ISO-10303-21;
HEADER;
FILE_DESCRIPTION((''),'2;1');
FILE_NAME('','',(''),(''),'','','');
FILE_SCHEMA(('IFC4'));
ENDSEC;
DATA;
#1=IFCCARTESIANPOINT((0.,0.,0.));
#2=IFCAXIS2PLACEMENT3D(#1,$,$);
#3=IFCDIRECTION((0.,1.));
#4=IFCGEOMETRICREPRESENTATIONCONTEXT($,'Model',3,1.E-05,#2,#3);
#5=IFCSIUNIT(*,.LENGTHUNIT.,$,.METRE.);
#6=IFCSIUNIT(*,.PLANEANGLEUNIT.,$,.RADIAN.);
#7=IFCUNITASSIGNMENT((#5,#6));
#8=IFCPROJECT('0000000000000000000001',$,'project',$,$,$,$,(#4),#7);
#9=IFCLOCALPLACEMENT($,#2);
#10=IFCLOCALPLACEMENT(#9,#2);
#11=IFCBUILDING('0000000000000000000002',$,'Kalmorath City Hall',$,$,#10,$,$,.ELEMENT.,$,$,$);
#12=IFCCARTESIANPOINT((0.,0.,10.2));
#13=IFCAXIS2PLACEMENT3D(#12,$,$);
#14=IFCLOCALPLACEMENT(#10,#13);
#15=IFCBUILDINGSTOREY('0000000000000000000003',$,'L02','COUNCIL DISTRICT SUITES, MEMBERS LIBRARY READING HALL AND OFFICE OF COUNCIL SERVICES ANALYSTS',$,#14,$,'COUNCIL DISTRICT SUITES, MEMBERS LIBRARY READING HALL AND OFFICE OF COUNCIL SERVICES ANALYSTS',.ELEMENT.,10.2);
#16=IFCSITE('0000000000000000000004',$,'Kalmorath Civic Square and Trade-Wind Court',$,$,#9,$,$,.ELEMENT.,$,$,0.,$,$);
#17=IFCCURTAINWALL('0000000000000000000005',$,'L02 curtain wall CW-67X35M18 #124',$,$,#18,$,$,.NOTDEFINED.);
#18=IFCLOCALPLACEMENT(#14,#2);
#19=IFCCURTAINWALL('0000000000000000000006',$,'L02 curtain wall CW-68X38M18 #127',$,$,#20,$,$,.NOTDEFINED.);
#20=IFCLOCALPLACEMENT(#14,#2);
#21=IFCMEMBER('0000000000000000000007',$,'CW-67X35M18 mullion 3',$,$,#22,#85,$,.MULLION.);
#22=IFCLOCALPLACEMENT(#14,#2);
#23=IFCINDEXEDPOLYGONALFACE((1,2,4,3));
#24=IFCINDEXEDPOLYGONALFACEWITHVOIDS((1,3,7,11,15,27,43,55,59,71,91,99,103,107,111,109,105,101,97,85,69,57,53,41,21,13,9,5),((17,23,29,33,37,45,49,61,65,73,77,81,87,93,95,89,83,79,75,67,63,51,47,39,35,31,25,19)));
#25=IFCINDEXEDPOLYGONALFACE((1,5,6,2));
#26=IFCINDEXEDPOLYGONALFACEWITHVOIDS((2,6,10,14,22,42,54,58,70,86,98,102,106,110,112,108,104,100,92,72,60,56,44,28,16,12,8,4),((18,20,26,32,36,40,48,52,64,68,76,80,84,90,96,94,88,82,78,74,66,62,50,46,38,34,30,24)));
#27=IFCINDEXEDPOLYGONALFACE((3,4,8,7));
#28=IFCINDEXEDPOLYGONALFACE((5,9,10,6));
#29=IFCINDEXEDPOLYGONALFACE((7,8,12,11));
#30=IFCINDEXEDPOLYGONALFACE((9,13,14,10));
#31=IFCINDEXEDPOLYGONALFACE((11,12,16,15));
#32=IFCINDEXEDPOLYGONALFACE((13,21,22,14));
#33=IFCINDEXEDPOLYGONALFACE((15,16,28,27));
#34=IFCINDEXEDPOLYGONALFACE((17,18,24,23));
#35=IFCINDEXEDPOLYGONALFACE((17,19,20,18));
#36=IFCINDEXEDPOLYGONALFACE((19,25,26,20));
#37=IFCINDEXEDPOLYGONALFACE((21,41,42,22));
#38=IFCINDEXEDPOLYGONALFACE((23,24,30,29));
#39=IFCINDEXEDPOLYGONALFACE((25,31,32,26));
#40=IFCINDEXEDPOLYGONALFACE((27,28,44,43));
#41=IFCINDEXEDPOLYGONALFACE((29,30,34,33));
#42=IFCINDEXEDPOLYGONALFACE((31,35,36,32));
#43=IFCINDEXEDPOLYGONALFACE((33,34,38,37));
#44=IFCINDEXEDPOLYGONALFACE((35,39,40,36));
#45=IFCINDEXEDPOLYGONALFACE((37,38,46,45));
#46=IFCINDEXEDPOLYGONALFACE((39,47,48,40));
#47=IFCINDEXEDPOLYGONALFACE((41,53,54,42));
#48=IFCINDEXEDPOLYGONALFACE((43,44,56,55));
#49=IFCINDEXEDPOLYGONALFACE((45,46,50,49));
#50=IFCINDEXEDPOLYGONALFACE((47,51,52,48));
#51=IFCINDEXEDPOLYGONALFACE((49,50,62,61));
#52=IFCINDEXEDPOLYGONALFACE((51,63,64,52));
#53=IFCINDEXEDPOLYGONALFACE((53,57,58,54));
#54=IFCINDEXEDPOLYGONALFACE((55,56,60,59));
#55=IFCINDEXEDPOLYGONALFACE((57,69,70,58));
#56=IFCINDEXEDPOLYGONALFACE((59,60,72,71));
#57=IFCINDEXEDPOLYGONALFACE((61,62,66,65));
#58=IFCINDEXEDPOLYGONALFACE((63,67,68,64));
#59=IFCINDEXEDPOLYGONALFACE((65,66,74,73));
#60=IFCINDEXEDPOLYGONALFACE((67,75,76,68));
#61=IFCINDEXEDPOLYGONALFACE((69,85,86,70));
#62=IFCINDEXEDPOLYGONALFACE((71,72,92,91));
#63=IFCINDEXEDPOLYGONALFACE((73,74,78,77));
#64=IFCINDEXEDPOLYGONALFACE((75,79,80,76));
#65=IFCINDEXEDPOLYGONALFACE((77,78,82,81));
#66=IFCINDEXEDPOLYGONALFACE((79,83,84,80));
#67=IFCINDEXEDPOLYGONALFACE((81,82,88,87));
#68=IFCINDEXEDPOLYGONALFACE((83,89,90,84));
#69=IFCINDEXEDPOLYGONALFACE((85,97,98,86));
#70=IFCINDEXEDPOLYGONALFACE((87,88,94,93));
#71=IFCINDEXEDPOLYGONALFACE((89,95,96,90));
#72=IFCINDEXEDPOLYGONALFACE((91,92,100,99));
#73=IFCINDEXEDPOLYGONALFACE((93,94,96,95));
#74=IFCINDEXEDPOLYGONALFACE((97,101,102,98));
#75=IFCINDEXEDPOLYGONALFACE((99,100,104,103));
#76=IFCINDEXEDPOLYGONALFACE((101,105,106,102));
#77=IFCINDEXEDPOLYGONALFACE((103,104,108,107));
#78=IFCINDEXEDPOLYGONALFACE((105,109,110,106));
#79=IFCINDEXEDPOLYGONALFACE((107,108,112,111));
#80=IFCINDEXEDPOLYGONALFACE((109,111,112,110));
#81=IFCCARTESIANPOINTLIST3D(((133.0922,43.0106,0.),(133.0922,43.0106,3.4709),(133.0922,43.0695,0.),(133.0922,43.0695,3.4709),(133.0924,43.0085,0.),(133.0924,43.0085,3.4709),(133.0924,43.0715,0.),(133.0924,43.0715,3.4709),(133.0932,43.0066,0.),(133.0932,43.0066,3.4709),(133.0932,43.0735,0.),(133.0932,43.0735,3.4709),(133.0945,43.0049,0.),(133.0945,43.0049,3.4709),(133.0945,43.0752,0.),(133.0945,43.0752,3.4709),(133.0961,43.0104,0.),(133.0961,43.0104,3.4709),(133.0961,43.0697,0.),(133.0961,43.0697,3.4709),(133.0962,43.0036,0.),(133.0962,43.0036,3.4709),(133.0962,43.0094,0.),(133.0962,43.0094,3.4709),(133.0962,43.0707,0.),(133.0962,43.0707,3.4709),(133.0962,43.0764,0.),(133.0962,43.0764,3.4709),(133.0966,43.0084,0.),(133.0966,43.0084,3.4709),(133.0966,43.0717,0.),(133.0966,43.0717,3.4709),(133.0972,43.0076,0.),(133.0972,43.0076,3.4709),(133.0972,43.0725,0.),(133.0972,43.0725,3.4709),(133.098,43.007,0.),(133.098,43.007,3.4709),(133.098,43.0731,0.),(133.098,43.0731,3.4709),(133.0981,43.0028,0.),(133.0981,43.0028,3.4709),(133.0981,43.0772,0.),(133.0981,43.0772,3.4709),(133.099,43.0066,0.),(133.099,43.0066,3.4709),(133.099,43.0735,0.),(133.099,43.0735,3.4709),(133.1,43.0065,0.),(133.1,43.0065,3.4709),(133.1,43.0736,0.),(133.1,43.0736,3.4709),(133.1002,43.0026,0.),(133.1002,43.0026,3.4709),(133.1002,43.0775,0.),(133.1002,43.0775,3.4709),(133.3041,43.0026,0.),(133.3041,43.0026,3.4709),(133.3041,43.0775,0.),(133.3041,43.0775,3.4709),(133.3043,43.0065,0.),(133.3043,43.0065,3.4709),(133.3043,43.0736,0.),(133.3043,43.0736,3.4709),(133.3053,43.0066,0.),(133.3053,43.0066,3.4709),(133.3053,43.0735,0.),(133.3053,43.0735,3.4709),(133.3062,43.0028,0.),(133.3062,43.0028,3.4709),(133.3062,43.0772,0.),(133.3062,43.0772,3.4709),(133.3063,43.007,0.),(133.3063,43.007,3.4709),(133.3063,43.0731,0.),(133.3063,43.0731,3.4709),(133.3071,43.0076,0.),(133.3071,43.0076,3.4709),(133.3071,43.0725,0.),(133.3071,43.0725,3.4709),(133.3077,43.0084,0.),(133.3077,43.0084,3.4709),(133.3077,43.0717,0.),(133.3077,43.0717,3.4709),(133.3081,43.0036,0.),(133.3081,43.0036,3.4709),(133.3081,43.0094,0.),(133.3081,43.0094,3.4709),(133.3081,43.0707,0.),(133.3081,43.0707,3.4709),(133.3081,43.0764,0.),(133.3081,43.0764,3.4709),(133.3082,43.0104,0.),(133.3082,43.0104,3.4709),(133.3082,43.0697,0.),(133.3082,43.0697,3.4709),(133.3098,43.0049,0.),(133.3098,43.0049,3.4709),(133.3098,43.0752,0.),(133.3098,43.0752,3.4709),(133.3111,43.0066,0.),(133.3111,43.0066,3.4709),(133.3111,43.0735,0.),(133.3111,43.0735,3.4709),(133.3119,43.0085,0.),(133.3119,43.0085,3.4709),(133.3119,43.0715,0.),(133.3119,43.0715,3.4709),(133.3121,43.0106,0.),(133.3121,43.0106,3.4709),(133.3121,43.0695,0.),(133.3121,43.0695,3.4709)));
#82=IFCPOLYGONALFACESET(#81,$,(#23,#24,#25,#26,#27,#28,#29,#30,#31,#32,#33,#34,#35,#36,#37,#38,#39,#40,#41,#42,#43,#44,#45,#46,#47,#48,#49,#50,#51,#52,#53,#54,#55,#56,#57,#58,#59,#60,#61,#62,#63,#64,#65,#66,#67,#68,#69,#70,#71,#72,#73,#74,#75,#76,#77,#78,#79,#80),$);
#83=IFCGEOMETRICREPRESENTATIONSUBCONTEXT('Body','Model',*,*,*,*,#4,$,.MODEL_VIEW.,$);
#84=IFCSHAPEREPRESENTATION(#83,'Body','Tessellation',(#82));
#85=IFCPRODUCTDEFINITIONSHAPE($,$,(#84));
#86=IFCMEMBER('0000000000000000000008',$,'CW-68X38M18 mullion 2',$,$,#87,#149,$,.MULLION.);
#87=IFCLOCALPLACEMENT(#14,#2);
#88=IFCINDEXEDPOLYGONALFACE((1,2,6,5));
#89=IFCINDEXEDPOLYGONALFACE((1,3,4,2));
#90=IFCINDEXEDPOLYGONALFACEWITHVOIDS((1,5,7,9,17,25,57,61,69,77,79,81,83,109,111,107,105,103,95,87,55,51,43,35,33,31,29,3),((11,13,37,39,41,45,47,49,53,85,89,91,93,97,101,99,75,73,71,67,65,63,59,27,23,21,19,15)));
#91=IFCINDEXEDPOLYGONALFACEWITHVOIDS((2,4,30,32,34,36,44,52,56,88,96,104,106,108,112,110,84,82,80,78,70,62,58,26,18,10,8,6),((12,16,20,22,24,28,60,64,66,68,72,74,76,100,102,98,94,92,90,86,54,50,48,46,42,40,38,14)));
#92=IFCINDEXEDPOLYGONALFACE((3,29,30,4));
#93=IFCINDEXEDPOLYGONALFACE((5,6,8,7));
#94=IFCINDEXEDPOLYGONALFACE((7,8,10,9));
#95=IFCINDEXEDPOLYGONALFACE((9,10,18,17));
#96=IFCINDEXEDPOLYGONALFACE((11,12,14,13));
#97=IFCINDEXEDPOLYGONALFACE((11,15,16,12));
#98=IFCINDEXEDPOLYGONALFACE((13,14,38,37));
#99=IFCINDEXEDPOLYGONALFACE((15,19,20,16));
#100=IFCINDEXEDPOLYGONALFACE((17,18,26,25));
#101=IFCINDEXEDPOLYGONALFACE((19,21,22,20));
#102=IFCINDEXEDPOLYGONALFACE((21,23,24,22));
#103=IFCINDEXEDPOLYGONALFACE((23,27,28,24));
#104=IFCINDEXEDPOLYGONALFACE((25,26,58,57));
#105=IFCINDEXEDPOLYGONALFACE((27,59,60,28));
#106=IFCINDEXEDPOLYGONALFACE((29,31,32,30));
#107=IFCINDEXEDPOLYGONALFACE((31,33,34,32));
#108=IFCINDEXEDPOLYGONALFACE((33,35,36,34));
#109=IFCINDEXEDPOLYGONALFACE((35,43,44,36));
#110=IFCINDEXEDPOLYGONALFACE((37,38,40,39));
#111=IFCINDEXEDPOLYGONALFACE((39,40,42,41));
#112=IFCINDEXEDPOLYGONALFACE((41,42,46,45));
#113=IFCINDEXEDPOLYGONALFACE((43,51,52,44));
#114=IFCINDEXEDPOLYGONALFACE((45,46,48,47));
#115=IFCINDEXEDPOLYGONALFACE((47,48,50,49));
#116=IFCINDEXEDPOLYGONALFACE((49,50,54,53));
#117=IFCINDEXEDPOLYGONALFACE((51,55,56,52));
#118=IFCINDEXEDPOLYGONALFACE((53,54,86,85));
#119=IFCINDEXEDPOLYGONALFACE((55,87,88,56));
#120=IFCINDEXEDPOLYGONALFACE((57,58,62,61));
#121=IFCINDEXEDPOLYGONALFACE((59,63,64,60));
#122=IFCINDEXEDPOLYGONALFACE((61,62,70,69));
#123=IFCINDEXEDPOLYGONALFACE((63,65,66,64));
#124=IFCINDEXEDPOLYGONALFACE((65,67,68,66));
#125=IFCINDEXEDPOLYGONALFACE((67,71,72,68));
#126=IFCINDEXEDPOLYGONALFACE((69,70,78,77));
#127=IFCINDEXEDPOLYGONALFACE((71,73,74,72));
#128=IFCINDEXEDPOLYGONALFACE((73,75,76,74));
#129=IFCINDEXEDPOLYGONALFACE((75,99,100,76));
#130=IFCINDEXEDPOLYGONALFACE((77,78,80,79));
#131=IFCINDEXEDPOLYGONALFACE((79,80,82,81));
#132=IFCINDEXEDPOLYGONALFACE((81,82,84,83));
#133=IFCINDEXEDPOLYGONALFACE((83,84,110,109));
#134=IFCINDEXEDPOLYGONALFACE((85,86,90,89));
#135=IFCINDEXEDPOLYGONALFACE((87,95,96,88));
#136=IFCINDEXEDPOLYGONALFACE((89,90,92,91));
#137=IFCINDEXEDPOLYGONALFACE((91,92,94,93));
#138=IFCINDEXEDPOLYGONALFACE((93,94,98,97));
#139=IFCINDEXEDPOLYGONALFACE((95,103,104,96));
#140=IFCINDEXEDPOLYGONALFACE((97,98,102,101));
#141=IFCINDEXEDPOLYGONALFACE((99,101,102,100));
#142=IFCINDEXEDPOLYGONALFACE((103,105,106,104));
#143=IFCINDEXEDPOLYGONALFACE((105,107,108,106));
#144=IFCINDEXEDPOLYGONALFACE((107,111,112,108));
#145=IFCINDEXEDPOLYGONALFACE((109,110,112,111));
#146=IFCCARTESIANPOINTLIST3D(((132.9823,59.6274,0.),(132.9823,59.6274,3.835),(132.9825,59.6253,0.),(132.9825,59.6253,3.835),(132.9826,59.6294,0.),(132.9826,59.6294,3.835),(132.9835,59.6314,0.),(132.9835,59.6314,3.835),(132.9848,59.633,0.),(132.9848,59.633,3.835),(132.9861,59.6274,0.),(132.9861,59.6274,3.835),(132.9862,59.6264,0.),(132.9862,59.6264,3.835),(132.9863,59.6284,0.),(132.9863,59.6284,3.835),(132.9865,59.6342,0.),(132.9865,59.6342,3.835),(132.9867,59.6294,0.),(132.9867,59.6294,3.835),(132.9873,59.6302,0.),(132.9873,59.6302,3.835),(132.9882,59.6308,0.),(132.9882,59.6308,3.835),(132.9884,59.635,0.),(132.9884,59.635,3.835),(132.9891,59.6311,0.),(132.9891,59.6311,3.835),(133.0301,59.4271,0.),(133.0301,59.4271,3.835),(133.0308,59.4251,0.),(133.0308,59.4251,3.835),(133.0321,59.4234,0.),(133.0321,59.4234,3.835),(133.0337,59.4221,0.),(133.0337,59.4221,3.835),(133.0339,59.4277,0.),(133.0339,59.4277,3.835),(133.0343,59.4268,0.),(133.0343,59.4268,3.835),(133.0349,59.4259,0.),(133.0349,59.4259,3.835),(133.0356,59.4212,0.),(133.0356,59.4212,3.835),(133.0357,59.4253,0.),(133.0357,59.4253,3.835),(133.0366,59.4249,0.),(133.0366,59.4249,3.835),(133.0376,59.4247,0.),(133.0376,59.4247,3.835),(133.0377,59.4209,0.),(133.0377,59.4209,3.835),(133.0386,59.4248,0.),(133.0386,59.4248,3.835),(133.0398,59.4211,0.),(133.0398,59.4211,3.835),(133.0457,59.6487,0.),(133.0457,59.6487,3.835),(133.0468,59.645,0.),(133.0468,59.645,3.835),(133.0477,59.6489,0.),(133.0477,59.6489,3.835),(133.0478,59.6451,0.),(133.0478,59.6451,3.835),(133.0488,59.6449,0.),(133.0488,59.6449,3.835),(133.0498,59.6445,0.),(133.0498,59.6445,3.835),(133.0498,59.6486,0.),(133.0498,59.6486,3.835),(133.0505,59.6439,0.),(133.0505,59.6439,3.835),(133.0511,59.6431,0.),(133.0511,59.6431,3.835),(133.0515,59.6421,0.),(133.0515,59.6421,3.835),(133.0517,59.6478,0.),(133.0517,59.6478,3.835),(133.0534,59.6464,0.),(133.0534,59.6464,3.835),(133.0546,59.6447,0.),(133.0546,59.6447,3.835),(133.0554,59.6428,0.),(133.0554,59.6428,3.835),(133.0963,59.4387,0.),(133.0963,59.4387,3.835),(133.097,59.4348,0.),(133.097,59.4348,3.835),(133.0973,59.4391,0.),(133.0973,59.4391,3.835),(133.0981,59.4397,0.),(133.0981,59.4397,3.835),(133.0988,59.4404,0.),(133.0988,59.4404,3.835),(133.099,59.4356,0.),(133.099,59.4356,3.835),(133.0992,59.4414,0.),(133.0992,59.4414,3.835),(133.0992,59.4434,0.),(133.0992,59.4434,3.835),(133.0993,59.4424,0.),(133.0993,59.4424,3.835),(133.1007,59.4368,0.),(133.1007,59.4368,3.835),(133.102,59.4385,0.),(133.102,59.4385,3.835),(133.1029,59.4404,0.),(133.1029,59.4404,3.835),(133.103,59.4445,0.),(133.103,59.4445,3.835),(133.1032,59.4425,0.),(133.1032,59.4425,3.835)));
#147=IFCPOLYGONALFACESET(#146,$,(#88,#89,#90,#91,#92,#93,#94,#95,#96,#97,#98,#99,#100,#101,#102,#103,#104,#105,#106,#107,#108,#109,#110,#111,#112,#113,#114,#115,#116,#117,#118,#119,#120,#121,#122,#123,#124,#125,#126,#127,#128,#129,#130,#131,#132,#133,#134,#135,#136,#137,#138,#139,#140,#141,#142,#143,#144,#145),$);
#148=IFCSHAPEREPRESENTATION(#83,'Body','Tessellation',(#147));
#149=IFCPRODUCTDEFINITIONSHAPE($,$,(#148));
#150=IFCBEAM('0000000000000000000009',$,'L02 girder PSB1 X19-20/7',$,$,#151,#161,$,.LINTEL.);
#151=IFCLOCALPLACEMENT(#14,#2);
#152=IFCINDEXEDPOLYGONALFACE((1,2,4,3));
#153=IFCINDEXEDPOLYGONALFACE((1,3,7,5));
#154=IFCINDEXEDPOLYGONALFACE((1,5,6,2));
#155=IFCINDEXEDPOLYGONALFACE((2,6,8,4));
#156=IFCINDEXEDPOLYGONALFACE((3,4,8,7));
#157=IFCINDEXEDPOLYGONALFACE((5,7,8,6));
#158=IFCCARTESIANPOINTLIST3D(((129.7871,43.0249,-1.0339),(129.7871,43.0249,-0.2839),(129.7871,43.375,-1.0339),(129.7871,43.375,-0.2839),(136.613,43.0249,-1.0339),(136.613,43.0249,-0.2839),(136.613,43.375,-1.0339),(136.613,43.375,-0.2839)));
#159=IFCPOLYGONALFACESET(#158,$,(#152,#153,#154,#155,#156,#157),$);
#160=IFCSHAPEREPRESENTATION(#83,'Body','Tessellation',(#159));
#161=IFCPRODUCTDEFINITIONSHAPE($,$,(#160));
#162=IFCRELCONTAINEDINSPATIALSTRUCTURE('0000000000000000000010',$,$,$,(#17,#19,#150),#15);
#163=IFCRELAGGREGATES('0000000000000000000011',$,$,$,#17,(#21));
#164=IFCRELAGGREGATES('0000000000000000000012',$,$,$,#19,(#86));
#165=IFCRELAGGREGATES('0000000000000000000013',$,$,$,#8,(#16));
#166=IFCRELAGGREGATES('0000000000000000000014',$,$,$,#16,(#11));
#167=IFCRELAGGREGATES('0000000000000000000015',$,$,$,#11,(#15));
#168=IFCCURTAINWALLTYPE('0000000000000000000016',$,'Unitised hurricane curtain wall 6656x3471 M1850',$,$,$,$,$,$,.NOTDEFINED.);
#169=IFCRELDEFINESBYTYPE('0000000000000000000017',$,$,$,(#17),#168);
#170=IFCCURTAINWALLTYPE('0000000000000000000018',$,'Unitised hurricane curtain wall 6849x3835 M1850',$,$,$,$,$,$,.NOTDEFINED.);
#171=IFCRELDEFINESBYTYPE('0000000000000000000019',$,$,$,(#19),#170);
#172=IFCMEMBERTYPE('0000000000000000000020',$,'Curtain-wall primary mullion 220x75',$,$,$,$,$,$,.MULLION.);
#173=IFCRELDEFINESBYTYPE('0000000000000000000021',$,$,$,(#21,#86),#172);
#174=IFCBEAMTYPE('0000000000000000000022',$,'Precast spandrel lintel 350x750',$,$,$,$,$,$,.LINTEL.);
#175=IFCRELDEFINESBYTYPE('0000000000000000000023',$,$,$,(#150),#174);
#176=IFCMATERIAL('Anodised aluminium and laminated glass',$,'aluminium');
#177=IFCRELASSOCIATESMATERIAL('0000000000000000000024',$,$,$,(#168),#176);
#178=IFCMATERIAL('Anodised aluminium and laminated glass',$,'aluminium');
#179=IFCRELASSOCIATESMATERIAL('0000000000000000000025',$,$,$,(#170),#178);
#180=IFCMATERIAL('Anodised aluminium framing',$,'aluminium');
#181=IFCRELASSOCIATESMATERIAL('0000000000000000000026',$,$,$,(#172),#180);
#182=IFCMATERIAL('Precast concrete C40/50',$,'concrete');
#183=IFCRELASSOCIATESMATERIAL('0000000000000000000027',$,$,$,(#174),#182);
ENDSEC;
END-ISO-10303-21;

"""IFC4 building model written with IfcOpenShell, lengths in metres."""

from ifc_helpers import new_model, si_unit, direction, frame, origin, origin_2d, place, context, subcontext, project, spatial, rectangle, hollow_rectangle, extrude, material, material_profile, profile_set, type_object, element, aggregate, save


model = new_model("IFC4")

# Units and contexts
model_context = context("Model", 3, precision=1e-05, world=origin(), true_north=direction((0.0, 1.0)))
body_context = subcontext(model_context, "Body", "Model", "MODEL_VIEW")
ifc_project = project(units=[si_unit("LENGTHUNIT", "METRE"), si_unit("PLANEANGLEUNIT", "RADIAN")], contexts=[model_context])

# Site, building, storey
site_placement = place(None, origin())
site = spatial("IfcSite", under=ifc_project, at=site_placement, Name="Kalmorath Civic Square and Trade-Wind Court", CompositionType="ELEMENT", RefElevation=0.0)
building_placement = place(site_placement, origin())
building = spatial("IfcBuilding", under=site, at=building_placement, Name="Kalmorath City Hall", CompositionType="ELEMENT")
storey_placement = place(building_placement, frame((0.0, 0.0, 10.2)))
storey = spatial("IfcBuildingStorey", under=building, at=storey_placement, Name="L02", Description="COUNCIL DISTRICT SUITES, MEMBERS LIBRARY READING HALL AND OFFICE OF COUNCIL SERVICES ANALYSTS", LongName="COUNCIL DISTRICT SUITES, MEMBERS LIBRARY READING HALL AND OFFICE OF COUNCIL SERVICES ANALYSTS", CompositionType="ELEMENT", Elevation=10.2)

# Curtain walls
ifc_material_1 = material(Name="Anodised aluminium and laminated glass", Category="aluminium")
curtain_wall_type_1 = type_object("IfcCurtainWallType", Name="Unitised hurricane curtain wall 6656x3471 M1850", PredefinedType="NOTDEFINED", material=ifc_material_1)
curtain_wall_1_placement = place(storey_placement, origin())
curtain_wall_1 = element("IfcCurtainWall", 1, at=curtain_wall_1_placement, inside=storey, type_object=curtain_wall_type_1, Name="L02 curtain wall CW-67X35M18 #124", PredefinedType="NOTDEFINED")
ifc_material_2 = material(Name="Anodised aluminium and laminated glass", Category="aluminium")
curtain_wall_type_2 = type_object("IfcCurtainWallType", Name="Unitised hurricane curtain wall 6849x3835 M1850", PredefinedType="NOTDEFINED", material=ifc_material_2)
curtain_wall_2_placement = place(storey_placement, origin())
curtain_wall_2 = element("IfcCurtainWall", 2, at=curtain_wall_2_placement, inside=storey, type_object=curtain_wall_type_2, Name="L02 curtain wall CW-68X38M18 #127", PredefinedType="NOTDEFINED")

# Members
ifc_material_3 = material(Name="Anodised aluminium framing", Category="aluminium")
ifc_material_profile_1 = material_profile(ifc_material_3, hollow_rectangle(XDim=0.075, YDim=0.22, WallThickness=0.0039, InnerFilletRadius=0.0039, OuterFilletRadius=0.0081, at=origin_2d()), Name="ALU-MUL-220X75X4")
ifc_profile_set_1 = profile_set([ifc_material_profile_1], Name="Anodised aluminium framing")
member_type_1 = type_object("IfcMemberType", Name="Curtain-wall primary mullion 220x75", PredefinedType="MULLION", material=ifc_profile_set_1)
member_1_placement = place(storey_placement, frame((133.2021, 43.04, 0.0), z_axis=(0.0, 0.0, 1.0), x_axis=(0.0, 1.0, 0.0)))
member_1 = element("IfcMember", 3, at=member_1_placement, type_object=member_type_1, Name="CW-67X35M18 mullion 3", PredefinedType="MULLION", context=body_context, shape_type="SweptSolid", body=[
    extrude(hollow_rectangle(XDim=0.075, YDim=0.22, WallThickness=0.0039, InnerFilletRadius=0.0039, OuterFilletRadius=0.0081, at=origin_2d()), origin(), (0.0, 0.0, 1.0), 3.4709),
])
member_2_placement = place(storey_placement, frame((133.0427, 59.5349, 0.0), z_axis=(0.0, 0.0, 1.0), x_axis=(-0.972367, -0.233456, 0.0)))
member_2 = element("IfcMember", 4, at=member_2_placement, type_object=member_type_1, Name="CW-68X38M18 mullion 2", PredefinedType="MULLION", context=body_context, shape_type="SweptSolid", body=[
    extrude(hollow_rectangle(XDim=0.075, YDim=0.22, WallThickness=0.0039, InnerFilletRadius=0.0039, OuterFilletRadius=0.0081, at=origin_2d()), origin(), (0.0, 0.0, 1.0), 3.835),
])

# Beam
ifc_material_4 = material(Name="Precast concrete C40/50", Category="concrete")
ifc_material_profile_2 = material_profile(ifc_material_4, rectangle(XDim=0.3501, YDim=0.75, at=origin_2d()), Name="PC-SP-350X750")
ifc_profile_set_2 = profile_set([ifc_material_profile_2], Name="Precast concrete C40/50")
beam_type_1 = type_object("IfcBeamType", Name="Precast spandrel lintel 350x750", PredefinedType="LINTEL", material=ifc_profile_set_2)
beam_1_placement = place(storey_placement, frame((129.7871, 43.2, -0.6589), z_axis=(1.0, 0.0, 0.0), x_axis=(0.0, 1.0, 0.0)))
element("IfcBeam", 5, at=beam_1_placement, inside=storey, type_object=beam_type_1, Name="L02 girder PSB1 X19-20/7", PredefinedType="LINTEL", context=body_context, shape_type="SweptSolid", body=[
    extrude(rectangle(XDim=0.3501, YDim=0.75, at=origin_2d()), origin(), (0.0, 0.0, 1.0), 6.8259),
])

aggregate(curtain_wall_1, [member_1])
aggregate(curtain_wall_2, [member_2])

save(model, "model.ifc")
